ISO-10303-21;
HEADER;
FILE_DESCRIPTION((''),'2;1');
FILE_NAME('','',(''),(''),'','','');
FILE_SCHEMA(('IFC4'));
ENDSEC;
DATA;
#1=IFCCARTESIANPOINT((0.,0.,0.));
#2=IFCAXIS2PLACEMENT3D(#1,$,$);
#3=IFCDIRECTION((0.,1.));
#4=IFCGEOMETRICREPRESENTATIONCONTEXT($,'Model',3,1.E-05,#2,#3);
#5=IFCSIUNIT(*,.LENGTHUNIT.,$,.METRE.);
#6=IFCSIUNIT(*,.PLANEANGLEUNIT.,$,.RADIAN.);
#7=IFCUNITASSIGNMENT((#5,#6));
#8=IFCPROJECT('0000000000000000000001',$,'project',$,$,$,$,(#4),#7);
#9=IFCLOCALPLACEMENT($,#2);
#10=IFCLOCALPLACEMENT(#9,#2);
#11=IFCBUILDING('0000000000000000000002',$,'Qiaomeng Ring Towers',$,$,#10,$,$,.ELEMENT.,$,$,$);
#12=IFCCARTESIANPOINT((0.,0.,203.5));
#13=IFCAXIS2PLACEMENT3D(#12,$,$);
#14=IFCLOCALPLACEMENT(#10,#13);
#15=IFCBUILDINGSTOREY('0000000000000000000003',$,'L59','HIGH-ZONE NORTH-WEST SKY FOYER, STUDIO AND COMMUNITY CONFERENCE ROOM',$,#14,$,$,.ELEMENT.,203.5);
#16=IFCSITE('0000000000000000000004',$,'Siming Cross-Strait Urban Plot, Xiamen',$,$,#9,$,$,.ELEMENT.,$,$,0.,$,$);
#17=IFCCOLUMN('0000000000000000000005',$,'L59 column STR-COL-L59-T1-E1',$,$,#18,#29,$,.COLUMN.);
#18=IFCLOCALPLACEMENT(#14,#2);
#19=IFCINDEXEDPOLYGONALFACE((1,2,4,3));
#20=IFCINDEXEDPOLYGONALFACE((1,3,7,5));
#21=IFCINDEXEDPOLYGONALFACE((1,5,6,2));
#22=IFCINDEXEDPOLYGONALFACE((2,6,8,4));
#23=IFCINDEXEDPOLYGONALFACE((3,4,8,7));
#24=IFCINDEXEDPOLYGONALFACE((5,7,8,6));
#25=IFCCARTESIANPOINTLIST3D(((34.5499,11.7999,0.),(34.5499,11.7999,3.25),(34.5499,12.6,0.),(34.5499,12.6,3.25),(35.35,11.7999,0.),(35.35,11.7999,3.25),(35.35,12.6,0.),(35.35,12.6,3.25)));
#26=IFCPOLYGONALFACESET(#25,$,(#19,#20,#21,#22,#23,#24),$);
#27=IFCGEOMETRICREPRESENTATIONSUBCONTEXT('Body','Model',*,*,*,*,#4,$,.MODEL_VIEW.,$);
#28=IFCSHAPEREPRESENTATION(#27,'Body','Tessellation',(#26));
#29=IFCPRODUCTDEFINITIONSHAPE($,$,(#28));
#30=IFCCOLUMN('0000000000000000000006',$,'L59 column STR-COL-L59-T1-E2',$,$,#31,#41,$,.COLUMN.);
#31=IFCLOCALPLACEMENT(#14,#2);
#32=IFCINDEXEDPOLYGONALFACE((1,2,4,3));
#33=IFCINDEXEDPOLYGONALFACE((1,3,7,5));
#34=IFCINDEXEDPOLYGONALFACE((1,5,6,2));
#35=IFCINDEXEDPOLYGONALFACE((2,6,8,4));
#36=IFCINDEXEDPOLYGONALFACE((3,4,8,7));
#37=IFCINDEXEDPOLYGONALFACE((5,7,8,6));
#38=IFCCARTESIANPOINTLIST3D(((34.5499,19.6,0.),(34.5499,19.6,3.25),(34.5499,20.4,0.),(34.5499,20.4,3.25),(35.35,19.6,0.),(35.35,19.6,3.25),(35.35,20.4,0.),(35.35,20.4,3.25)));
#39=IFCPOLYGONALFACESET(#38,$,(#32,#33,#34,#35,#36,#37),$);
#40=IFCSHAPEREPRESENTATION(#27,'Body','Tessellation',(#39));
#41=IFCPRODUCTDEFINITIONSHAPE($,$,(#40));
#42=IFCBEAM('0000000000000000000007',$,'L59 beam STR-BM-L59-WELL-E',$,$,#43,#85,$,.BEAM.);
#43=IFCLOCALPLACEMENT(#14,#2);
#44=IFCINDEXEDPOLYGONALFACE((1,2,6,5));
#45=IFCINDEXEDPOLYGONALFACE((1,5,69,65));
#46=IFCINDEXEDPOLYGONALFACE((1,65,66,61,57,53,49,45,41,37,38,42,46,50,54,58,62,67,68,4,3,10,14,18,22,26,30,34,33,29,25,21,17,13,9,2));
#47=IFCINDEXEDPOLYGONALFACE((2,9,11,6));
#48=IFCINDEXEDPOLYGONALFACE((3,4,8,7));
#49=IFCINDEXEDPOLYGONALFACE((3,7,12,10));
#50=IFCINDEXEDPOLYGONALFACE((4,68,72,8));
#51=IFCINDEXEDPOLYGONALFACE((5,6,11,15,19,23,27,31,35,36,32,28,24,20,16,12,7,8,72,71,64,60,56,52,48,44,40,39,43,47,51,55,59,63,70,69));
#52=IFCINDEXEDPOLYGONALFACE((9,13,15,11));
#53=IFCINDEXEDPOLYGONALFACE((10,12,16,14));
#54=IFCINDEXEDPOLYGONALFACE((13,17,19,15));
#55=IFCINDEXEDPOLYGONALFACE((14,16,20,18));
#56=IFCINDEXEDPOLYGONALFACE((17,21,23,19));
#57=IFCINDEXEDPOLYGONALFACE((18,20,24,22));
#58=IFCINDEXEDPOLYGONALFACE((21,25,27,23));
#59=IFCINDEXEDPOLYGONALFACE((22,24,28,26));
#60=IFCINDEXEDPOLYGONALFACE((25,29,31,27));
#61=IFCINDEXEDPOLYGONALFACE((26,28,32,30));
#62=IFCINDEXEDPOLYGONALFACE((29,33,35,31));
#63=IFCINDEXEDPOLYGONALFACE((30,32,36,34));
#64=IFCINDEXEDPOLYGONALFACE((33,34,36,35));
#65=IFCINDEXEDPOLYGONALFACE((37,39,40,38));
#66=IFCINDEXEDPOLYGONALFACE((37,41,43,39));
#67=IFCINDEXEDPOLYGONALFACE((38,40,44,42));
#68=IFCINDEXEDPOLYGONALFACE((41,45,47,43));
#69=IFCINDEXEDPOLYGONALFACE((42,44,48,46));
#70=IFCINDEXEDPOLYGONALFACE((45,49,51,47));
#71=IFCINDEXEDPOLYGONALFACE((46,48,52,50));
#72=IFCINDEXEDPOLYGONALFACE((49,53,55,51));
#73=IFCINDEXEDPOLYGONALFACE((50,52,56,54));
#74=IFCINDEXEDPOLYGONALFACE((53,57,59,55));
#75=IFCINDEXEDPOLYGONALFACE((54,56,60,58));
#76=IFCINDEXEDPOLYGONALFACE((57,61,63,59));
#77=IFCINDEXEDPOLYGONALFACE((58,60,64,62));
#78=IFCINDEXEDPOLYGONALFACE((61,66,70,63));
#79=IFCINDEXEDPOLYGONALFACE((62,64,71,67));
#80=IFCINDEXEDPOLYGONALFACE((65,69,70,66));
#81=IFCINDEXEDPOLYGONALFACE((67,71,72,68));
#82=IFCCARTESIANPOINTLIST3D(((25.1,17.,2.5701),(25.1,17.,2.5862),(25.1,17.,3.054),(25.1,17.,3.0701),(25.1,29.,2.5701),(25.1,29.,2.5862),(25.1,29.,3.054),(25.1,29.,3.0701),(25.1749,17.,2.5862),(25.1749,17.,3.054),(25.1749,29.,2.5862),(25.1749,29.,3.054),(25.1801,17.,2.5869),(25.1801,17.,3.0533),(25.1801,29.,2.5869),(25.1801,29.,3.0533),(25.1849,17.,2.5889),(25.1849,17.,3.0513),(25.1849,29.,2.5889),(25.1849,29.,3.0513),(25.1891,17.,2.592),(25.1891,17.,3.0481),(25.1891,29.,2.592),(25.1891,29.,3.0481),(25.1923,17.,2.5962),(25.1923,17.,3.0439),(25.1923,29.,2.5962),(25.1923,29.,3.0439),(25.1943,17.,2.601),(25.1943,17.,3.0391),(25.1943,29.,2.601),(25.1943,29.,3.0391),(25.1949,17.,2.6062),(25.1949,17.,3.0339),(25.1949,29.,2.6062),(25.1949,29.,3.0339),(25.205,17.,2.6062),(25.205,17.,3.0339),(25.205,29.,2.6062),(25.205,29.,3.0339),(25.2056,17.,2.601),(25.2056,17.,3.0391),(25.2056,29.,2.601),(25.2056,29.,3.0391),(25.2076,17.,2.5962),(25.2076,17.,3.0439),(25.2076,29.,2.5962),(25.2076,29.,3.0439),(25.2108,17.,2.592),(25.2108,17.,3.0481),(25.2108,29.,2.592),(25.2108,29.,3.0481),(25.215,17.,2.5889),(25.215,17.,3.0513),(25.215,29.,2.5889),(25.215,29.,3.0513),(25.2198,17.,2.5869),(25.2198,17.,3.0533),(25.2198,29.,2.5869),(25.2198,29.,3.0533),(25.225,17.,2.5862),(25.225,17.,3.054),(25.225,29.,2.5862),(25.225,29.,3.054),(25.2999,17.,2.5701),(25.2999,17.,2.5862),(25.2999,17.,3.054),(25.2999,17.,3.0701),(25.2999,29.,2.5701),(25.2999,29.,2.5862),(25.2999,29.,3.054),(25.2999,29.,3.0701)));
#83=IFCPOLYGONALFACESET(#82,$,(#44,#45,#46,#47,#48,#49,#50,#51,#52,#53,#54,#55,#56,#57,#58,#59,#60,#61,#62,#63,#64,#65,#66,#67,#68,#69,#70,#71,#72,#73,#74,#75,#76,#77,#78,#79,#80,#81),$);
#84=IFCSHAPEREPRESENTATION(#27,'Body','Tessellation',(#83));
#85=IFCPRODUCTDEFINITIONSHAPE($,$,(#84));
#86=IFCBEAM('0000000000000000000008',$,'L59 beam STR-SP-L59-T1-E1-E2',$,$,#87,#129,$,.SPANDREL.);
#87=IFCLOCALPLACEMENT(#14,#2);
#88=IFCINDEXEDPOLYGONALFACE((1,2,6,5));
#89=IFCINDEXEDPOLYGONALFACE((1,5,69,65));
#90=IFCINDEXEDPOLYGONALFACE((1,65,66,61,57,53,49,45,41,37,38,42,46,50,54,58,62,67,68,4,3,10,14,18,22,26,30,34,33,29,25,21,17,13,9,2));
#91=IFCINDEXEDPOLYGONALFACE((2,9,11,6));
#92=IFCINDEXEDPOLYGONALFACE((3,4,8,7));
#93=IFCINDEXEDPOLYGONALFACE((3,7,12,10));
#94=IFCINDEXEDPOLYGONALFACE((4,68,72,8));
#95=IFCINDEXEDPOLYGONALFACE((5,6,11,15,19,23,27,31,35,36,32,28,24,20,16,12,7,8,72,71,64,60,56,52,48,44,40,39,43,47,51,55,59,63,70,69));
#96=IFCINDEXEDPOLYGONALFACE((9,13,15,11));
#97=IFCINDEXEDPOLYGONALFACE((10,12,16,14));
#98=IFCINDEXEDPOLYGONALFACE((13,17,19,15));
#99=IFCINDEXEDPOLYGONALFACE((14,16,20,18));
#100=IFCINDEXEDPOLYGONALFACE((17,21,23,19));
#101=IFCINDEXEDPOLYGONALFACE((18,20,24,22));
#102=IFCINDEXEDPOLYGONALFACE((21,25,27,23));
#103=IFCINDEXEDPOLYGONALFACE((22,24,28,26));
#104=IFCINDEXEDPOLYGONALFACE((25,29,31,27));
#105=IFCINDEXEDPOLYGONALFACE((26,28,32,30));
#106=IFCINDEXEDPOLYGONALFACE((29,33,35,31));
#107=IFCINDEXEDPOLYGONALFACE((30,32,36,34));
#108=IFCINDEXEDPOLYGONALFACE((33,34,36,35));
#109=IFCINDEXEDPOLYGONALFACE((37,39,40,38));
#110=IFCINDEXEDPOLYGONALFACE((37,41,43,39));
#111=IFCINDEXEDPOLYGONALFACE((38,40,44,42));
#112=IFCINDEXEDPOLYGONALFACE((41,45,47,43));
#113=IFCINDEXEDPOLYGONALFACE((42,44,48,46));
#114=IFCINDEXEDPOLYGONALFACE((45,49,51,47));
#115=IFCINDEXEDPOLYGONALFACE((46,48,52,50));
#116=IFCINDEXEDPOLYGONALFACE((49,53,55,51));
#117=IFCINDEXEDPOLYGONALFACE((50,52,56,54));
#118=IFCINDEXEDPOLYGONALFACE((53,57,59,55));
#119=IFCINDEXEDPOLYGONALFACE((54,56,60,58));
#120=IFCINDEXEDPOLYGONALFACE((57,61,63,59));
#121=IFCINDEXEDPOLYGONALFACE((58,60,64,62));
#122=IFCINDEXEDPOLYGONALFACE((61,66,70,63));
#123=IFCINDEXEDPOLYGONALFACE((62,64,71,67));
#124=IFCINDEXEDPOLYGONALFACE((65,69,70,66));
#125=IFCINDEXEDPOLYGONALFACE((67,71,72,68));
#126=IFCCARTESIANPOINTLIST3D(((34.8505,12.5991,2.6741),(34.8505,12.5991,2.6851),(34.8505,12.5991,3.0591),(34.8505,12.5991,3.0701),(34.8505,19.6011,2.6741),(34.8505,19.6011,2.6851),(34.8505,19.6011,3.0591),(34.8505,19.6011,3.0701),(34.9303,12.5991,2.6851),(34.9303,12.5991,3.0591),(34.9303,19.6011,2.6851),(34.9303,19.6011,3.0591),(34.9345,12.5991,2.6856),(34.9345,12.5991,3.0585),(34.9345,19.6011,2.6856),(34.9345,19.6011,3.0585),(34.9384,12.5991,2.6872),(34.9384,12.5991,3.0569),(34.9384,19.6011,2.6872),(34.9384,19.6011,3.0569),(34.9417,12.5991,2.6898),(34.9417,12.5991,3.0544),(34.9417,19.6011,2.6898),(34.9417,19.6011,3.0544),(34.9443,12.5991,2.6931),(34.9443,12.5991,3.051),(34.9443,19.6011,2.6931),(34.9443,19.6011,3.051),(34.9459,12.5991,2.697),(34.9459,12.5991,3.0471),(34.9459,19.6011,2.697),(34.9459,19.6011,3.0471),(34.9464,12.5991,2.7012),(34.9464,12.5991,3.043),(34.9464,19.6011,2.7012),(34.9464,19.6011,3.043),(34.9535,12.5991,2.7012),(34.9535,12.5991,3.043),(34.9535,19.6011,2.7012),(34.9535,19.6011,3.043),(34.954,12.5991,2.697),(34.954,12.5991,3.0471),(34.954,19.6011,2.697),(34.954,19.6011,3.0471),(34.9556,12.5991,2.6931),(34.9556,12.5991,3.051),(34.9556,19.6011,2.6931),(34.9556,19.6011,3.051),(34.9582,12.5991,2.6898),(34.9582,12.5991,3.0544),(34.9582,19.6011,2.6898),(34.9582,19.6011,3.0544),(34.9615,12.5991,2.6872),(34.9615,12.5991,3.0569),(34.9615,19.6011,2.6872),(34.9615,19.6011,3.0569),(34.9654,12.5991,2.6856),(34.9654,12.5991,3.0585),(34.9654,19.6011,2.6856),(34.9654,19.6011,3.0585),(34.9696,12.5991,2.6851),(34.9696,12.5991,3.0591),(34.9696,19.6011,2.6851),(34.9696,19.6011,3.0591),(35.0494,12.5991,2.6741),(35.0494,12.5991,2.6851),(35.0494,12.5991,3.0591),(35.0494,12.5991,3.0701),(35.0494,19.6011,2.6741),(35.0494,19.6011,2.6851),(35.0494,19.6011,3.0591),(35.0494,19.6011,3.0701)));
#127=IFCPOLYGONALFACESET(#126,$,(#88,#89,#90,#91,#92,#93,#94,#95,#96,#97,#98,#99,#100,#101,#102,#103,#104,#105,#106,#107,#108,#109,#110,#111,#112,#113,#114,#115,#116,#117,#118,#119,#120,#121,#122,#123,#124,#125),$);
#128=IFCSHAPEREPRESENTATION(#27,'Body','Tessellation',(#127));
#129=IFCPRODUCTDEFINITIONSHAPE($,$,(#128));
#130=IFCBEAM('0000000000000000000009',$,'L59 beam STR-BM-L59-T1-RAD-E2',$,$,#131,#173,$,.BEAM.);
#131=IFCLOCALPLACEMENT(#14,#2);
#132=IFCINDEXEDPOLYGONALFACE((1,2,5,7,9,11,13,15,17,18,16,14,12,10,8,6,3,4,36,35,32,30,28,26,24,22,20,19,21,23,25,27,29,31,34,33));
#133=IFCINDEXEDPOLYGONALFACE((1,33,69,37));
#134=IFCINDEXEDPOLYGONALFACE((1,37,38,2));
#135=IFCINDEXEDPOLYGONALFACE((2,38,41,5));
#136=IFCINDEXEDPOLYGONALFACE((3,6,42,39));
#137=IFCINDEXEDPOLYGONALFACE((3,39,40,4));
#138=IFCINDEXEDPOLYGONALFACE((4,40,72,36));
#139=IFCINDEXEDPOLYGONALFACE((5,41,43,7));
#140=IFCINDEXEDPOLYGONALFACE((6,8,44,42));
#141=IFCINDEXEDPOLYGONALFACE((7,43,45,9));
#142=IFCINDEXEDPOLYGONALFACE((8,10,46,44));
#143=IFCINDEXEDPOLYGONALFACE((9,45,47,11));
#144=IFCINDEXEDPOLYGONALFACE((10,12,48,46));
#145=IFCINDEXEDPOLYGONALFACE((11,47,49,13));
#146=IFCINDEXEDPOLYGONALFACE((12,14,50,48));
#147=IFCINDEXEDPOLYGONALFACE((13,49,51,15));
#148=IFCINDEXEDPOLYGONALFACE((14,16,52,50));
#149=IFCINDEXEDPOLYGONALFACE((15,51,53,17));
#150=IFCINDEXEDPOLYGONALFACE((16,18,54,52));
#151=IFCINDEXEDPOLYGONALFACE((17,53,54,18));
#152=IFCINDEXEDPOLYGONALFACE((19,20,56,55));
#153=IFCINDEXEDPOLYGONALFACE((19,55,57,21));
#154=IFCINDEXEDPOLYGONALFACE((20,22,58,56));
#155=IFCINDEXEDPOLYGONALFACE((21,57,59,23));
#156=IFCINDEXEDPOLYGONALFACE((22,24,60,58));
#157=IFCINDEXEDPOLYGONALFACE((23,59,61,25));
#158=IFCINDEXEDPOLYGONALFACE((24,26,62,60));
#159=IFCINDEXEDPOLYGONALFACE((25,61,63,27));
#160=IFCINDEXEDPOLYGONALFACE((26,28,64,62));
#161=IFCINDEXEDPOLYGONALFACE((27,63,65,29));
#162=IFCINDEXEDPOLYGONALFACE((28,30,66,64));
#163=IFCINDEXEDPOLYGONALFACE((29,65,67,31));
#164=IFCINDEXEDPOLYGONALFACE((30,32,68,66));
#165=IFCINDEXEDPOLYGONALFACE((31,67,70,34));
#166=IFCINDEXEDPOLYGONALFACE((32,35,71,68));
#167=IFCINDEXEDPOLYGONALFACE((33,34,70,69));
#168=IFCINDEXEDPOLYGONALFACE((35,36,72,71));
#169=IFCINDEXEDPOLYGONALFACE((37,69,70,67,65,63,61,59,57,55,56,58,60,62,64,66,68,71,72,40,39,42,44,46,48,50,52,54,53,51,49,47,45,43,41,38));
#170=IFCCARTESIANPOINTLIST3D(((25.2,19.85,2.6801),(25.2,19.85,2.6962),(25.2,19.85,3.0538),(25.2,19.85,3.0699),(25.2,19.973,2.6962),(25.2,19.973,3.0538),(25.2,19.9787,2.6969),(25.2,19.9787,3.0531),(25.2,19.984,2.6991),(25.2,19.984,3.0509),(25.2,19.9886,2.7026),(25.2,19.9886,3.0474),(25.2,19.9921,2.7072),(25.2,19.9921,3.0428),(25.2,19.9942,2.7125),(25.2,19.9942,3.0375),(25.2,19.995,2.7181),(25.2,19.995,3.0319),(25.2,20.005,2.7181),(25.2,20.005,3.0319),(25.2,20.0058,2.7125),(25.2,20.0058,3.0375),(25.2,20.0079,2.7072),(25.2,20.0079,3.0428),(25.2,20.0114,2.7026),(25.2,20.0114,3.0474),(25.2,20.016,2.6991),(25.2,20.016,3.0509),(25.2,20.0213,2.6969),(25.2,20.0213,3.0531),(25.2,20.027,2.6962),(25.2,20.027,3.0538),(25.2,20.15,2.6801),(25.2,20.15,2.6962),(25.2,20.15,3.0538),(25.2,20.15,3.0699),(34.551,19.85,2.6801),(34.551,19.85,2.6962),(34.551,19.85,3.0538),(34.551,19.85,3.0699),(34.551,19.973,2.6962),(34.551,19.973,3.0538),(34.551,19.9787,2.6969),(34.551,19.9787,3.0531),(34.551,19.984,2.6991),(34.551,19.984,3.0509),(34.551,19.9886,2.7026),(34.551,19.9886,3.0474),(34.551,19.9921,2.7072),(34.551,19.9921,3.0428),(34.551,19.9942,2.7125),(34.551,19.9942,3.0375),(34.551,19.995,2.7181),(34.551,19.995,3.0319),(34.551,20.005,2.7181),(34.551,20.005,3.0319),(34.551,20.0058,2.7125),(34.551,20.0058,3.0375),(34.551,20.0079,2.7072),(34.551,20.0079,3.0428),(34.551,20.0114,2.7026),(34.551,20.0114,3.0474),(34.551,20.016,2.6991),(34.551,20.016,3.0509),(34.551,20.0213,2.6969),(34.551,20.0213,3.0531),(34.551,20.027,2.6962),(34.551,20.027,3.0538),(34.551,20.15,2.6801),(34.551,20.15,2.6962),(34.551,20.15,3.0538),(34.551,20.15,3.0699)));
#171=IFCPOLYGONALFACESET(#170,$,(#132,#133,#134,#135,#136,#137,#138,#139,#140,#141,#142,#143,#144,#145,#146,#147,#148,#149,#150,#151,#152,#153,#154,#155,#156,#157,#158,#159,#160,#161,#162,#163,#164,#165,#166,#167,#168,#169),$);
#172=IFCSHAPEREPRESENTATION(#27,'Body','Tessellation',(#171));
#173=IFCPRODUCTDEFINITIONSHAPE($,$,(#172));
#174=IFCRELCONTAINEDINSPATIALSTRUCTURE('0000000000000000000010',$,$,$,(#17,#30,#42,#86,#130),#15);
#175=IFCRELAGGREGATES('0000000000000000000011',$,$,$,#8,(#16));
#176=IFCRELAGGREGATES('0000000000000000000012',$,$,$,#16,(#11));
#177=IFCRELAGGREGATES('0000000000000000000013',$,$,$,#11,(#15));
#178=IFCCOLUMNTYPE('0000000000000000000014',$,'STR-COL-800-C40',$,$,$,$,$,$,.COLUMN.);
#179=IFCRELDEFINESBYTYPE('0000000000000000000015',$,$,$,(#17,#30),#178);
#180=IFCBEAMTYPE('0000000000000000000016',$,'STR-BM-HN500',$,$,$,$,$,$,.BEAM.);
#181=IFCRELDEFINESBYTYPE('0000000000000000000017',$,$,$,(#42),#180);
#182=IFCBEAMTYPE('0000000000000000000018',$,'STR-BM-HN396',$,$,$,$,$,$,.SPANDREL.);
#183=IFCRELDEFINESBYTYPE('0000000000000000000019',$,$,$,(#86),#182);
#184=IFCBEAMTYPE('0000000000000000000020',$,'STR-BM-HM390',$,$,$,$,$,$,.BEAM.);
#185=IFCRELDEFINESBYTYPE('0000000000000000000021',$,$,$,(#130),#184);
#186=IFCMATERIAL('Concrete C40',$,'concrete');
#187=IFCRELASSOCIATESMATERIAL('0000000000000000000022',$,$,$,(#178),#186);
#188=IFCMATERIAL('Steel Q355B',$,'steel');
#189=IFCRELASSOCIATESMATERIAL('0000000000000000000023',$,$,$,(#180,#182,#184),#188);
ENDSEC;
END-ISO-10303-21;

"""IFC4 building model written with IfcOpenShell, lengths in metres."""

from ifc_helpers import new_model, si_unit, direction, frame, origin, origin_2d, place, context, subcontext, project, spatial, rectangle, i_section, extrude, source, transform, mapped, material, material_profile, profile_set, type_object, element, save


model = new_model("IFC4")

# Units and contexts
model_context = context("Model", 3, precision=1e-05, world=origin(), true_north=direction((0.0, 1.0)))
body_context = subcontext(model_context, "Body", "Model", "MODEL_VIEW")
ifc_project = project(units=[si_unit("LENGTHUNIT", "METRE"), si_unit("PLANEANGLEUNIT", "RADIAN")], contexts=[model_context])

# Site, building, storey
site_placement = place(None, origin())
site = spatial("IfcSite", under=ifc_project, at=site_placement, Name="Siming Cross-Strait Urban Plot, Xiamen", CompositionType="ELEMENT", RefElevation=0.0)
building_placement = place(site_placement, origin())
building = spatial("IfcBuilding", under=site, at=building_placement, Name="Qiaomeng Ring Towers", CompositionType="ELEMENT")
storey_placement = place(building_placement, frame((0.0, 0.0, 203.5)))
storey = spatial("IfcBuildingStorey", under=building, at=storey_placement, Name="L59", Description="HIGH-ZONE NORTH-WEST SKY FOYER, STUDIO AND COMMUNITY CONFERENCE ROOM", CompositionType="ELEMENT", Elevation=203.5)

# Columns
ifc_material_1 = material(Name="Concrete C40", Category="concrete")
ifc_material_profile_1 = material_profile(ifc_material_1, rectangle(XDim=0.8, YDim=0.8, at=origin_2d()), Name="RC COL 800x800")
ifc_profile_set_1 = profile_set([ifc_material_profile_1], Name="Concrete C40")
column_type = type_object("IfcColumnType", Name="STR-COL-800-C40", PredefinedType="COLUMN", material=ifc_profile_set_1)
shared_shape_1 = source(origin(), body_context, "Body", "SweptSolid", [
    extrude(rectangle(XDim=0.8, YDim=0.8, at=origin_2d()), origin(), (0.0, 0.0, 1.0), 3.25),
])
for number, where, z_axis, x_axis, name in (
    (1, (34.95, 12.2, 0.0), (0.0, 0.0, 1.0), (1.0, 0.0, 0.0), "L59 column STR-COL-L59-T1-E1"),
    (2, (34.95, 20.0, 0.0), (0.0, 0.0, 1.0), (1.0, 0.0, 0.0), "L59 column STR-COL-L59-T1-E2"),
):
    element("IfcColumn", number, at=place(storey_placement, frame(where, z_axis=z_axis, x_axis=x_axis)), inside=storey, type_object=column_type, Name=name, PredefinedType="COLUMN", context=body_context, shape_type="MappedRepresentation", body=[
        mapped(shared_shape_1, transform((0.0, 0.0, 0.0), x_axis=(1.0, 0.0, 0.0), y_axis=(0.0, 1.0, 0.0), z_axis=(0.0, 0.0, 1.0), scale=1.0)),
    ])

# Beams
ifc_material_2 = material(Name="Steel Q355B", Category="steel")
ifc_material_profile_2 = material_profile(ifc_material_2, i_section(OverallWidth=0.2, OverallDepth=0.5, WebThickness=0.01, FlangeThickness=0.0161, FilletRadius=0.02, at=origin_2d()), Name="HN 500x200x10x16")
ifc_profile_set_2 = profile_set([ifc_material_profile_2], Name="Steel Q355B")
beam_type_1 = type_object("IfcBeamType", Name="STR-BM-HN500", PredefinedType="BEAM", material=ifc_profile_set_2)
shared_shape_2 = source(origin(), body_context, "Body", "SweptSolid", [
    extrude(i_section(OverallWidth=0.2, OverallDepth=0.5, WebThickness=0.01, FlangeThickness=0.0161, FilletRadius=0.02, at=origin_2d()), origin(), (0.0, 0.0, 1.0), 12.0),
])
beam_1_placement = place(storey_placement, frame((25.2, 17.0, 2.8201), z_axis=(0.0, 1.0, 0.0), x_axis=(-1.0, 0.0, 0.0)))
element("IfcBeam", 3, at=beam_1_placement, inside=storey, type_object=beam_type_1, Name="L59 beam STR-BM-L59-WELL-E", PredefinedType="BEAM", context=body_context, shape_type="MappedRepresentation", body=[
    mapped(shared_shape_2, transform((0.0, 0.0, 0.0), x_axis=(1.0, 0.0, 0.0), y_axis=(0.0, 1.0, 0.0), z_axis=(0.0, 0.0, 1.0), scale=1.0)),
])
ifc_material_profile_3 = material_profile(ifc_material_2, i_section(OverallWidth=0.199, OverallDepth=0.396, WebThickness=0.0071, FlangeThickness=0.011, FilletRadius=0.0161, at=origin_2d()), Name="HN 396x199x7x11")
ifc_profile_set_3 = profile_set([ifc_material_profile_3], Name="Steel Q355B")
beam_type_2 = type_object("IfcBeamType", Name="STR-BM-HN396", PredefinedType="SPANDREL", material=ifc_profile_set_3)
shared_shape_3 = source(origin(), body_context, "Body", "SweptSolid", [
    extrude(i_section(OverallWidth=0.199, OverallDepth=0.396, WebThickness=0.0071, FlangeThickness=0.011, FilletRadius=0.0161, at=origin_2d()), origin(), (0.0, 0.0, 1.0), 7.002),
])
beam_2_placement = place(storey_placement, frame((34.95, 12.5991, 2.8721), z_axis=(0.0, 1.0, 0.0), x_axis=(-1.0, 0.0, 0.0)))
element("IfcBeam", 4, at=beam_2_placement, inside=storey, type_object=beam_type_2, Name="L59 beam STR-SP-L59-T1-E1-E2", PredefinedType="SPANDREL", context=body_context, shape_type="MappedRepresentation", body=[
    mapped(shared_shape_3, transform((0.0, 0.0, 0.0), x_axis=(1.0, 0.0, 0.0), y_axis=(0.0, 1.0, 0.0), z_axis=(0.0, 0.0, 1.0), scale=1.0)),
])
ifc_material_profile_4 = material_profile(ifc_material_2, i_section(OverallWidth=0.3, OverallDepth=0.3899, WebThickness=0.01, FlangeThickness=0.0161, FilletRadius=0.022, at=origin_2d()), Name="HM 390x300x10x16")
ifc_profile_set_4 = profile_set([ifc_material_profile_4], Name="Steel Q355B")
beam_type_3 = type_object("IfcBeamType", Name="STR-BM-HM390", PredefinedType="BEAM", material=ifc_profile_set_4)
shared_shape_4 = source(origin(), body_context, "Body", "SweptSolid", [
    extrude(i_section(OverallWidth=0.3, OverallDepth=0.3899, WebThickness=0.01, FlangeThickness=0.0161, FilletRadius=0.022, at=origin_2d()), origin(), (0.0, 0.0, 1.0), 9.3511),
])
beam_3_placement = place(storey_placement, frame((25.2, 20.0, 2.875), z_axis=(1.0, 0.0, 0.0), x_axis=(0.0, 1.0, 0.0)))
element("IfcBeam", 5, at=beam_3_placement, inside=storey, type_object=beam_type_3, Name="L59 beam STR-BM-L59-T1-RAD-E2", PredefinedType="BEAM", context=body_context, shape_type="MappedRepresentation", body=[
    mapped(shared_shape_4, transform((0.0, 0.0, 0.0), x_axis=(1.0, 0.0, 0.0), y_axis=(0.0, 1.0, 0.0), z_axis=(0.0, 0.0, 1.0), scale=1.0)),
])

save(model, "model.ifc")
